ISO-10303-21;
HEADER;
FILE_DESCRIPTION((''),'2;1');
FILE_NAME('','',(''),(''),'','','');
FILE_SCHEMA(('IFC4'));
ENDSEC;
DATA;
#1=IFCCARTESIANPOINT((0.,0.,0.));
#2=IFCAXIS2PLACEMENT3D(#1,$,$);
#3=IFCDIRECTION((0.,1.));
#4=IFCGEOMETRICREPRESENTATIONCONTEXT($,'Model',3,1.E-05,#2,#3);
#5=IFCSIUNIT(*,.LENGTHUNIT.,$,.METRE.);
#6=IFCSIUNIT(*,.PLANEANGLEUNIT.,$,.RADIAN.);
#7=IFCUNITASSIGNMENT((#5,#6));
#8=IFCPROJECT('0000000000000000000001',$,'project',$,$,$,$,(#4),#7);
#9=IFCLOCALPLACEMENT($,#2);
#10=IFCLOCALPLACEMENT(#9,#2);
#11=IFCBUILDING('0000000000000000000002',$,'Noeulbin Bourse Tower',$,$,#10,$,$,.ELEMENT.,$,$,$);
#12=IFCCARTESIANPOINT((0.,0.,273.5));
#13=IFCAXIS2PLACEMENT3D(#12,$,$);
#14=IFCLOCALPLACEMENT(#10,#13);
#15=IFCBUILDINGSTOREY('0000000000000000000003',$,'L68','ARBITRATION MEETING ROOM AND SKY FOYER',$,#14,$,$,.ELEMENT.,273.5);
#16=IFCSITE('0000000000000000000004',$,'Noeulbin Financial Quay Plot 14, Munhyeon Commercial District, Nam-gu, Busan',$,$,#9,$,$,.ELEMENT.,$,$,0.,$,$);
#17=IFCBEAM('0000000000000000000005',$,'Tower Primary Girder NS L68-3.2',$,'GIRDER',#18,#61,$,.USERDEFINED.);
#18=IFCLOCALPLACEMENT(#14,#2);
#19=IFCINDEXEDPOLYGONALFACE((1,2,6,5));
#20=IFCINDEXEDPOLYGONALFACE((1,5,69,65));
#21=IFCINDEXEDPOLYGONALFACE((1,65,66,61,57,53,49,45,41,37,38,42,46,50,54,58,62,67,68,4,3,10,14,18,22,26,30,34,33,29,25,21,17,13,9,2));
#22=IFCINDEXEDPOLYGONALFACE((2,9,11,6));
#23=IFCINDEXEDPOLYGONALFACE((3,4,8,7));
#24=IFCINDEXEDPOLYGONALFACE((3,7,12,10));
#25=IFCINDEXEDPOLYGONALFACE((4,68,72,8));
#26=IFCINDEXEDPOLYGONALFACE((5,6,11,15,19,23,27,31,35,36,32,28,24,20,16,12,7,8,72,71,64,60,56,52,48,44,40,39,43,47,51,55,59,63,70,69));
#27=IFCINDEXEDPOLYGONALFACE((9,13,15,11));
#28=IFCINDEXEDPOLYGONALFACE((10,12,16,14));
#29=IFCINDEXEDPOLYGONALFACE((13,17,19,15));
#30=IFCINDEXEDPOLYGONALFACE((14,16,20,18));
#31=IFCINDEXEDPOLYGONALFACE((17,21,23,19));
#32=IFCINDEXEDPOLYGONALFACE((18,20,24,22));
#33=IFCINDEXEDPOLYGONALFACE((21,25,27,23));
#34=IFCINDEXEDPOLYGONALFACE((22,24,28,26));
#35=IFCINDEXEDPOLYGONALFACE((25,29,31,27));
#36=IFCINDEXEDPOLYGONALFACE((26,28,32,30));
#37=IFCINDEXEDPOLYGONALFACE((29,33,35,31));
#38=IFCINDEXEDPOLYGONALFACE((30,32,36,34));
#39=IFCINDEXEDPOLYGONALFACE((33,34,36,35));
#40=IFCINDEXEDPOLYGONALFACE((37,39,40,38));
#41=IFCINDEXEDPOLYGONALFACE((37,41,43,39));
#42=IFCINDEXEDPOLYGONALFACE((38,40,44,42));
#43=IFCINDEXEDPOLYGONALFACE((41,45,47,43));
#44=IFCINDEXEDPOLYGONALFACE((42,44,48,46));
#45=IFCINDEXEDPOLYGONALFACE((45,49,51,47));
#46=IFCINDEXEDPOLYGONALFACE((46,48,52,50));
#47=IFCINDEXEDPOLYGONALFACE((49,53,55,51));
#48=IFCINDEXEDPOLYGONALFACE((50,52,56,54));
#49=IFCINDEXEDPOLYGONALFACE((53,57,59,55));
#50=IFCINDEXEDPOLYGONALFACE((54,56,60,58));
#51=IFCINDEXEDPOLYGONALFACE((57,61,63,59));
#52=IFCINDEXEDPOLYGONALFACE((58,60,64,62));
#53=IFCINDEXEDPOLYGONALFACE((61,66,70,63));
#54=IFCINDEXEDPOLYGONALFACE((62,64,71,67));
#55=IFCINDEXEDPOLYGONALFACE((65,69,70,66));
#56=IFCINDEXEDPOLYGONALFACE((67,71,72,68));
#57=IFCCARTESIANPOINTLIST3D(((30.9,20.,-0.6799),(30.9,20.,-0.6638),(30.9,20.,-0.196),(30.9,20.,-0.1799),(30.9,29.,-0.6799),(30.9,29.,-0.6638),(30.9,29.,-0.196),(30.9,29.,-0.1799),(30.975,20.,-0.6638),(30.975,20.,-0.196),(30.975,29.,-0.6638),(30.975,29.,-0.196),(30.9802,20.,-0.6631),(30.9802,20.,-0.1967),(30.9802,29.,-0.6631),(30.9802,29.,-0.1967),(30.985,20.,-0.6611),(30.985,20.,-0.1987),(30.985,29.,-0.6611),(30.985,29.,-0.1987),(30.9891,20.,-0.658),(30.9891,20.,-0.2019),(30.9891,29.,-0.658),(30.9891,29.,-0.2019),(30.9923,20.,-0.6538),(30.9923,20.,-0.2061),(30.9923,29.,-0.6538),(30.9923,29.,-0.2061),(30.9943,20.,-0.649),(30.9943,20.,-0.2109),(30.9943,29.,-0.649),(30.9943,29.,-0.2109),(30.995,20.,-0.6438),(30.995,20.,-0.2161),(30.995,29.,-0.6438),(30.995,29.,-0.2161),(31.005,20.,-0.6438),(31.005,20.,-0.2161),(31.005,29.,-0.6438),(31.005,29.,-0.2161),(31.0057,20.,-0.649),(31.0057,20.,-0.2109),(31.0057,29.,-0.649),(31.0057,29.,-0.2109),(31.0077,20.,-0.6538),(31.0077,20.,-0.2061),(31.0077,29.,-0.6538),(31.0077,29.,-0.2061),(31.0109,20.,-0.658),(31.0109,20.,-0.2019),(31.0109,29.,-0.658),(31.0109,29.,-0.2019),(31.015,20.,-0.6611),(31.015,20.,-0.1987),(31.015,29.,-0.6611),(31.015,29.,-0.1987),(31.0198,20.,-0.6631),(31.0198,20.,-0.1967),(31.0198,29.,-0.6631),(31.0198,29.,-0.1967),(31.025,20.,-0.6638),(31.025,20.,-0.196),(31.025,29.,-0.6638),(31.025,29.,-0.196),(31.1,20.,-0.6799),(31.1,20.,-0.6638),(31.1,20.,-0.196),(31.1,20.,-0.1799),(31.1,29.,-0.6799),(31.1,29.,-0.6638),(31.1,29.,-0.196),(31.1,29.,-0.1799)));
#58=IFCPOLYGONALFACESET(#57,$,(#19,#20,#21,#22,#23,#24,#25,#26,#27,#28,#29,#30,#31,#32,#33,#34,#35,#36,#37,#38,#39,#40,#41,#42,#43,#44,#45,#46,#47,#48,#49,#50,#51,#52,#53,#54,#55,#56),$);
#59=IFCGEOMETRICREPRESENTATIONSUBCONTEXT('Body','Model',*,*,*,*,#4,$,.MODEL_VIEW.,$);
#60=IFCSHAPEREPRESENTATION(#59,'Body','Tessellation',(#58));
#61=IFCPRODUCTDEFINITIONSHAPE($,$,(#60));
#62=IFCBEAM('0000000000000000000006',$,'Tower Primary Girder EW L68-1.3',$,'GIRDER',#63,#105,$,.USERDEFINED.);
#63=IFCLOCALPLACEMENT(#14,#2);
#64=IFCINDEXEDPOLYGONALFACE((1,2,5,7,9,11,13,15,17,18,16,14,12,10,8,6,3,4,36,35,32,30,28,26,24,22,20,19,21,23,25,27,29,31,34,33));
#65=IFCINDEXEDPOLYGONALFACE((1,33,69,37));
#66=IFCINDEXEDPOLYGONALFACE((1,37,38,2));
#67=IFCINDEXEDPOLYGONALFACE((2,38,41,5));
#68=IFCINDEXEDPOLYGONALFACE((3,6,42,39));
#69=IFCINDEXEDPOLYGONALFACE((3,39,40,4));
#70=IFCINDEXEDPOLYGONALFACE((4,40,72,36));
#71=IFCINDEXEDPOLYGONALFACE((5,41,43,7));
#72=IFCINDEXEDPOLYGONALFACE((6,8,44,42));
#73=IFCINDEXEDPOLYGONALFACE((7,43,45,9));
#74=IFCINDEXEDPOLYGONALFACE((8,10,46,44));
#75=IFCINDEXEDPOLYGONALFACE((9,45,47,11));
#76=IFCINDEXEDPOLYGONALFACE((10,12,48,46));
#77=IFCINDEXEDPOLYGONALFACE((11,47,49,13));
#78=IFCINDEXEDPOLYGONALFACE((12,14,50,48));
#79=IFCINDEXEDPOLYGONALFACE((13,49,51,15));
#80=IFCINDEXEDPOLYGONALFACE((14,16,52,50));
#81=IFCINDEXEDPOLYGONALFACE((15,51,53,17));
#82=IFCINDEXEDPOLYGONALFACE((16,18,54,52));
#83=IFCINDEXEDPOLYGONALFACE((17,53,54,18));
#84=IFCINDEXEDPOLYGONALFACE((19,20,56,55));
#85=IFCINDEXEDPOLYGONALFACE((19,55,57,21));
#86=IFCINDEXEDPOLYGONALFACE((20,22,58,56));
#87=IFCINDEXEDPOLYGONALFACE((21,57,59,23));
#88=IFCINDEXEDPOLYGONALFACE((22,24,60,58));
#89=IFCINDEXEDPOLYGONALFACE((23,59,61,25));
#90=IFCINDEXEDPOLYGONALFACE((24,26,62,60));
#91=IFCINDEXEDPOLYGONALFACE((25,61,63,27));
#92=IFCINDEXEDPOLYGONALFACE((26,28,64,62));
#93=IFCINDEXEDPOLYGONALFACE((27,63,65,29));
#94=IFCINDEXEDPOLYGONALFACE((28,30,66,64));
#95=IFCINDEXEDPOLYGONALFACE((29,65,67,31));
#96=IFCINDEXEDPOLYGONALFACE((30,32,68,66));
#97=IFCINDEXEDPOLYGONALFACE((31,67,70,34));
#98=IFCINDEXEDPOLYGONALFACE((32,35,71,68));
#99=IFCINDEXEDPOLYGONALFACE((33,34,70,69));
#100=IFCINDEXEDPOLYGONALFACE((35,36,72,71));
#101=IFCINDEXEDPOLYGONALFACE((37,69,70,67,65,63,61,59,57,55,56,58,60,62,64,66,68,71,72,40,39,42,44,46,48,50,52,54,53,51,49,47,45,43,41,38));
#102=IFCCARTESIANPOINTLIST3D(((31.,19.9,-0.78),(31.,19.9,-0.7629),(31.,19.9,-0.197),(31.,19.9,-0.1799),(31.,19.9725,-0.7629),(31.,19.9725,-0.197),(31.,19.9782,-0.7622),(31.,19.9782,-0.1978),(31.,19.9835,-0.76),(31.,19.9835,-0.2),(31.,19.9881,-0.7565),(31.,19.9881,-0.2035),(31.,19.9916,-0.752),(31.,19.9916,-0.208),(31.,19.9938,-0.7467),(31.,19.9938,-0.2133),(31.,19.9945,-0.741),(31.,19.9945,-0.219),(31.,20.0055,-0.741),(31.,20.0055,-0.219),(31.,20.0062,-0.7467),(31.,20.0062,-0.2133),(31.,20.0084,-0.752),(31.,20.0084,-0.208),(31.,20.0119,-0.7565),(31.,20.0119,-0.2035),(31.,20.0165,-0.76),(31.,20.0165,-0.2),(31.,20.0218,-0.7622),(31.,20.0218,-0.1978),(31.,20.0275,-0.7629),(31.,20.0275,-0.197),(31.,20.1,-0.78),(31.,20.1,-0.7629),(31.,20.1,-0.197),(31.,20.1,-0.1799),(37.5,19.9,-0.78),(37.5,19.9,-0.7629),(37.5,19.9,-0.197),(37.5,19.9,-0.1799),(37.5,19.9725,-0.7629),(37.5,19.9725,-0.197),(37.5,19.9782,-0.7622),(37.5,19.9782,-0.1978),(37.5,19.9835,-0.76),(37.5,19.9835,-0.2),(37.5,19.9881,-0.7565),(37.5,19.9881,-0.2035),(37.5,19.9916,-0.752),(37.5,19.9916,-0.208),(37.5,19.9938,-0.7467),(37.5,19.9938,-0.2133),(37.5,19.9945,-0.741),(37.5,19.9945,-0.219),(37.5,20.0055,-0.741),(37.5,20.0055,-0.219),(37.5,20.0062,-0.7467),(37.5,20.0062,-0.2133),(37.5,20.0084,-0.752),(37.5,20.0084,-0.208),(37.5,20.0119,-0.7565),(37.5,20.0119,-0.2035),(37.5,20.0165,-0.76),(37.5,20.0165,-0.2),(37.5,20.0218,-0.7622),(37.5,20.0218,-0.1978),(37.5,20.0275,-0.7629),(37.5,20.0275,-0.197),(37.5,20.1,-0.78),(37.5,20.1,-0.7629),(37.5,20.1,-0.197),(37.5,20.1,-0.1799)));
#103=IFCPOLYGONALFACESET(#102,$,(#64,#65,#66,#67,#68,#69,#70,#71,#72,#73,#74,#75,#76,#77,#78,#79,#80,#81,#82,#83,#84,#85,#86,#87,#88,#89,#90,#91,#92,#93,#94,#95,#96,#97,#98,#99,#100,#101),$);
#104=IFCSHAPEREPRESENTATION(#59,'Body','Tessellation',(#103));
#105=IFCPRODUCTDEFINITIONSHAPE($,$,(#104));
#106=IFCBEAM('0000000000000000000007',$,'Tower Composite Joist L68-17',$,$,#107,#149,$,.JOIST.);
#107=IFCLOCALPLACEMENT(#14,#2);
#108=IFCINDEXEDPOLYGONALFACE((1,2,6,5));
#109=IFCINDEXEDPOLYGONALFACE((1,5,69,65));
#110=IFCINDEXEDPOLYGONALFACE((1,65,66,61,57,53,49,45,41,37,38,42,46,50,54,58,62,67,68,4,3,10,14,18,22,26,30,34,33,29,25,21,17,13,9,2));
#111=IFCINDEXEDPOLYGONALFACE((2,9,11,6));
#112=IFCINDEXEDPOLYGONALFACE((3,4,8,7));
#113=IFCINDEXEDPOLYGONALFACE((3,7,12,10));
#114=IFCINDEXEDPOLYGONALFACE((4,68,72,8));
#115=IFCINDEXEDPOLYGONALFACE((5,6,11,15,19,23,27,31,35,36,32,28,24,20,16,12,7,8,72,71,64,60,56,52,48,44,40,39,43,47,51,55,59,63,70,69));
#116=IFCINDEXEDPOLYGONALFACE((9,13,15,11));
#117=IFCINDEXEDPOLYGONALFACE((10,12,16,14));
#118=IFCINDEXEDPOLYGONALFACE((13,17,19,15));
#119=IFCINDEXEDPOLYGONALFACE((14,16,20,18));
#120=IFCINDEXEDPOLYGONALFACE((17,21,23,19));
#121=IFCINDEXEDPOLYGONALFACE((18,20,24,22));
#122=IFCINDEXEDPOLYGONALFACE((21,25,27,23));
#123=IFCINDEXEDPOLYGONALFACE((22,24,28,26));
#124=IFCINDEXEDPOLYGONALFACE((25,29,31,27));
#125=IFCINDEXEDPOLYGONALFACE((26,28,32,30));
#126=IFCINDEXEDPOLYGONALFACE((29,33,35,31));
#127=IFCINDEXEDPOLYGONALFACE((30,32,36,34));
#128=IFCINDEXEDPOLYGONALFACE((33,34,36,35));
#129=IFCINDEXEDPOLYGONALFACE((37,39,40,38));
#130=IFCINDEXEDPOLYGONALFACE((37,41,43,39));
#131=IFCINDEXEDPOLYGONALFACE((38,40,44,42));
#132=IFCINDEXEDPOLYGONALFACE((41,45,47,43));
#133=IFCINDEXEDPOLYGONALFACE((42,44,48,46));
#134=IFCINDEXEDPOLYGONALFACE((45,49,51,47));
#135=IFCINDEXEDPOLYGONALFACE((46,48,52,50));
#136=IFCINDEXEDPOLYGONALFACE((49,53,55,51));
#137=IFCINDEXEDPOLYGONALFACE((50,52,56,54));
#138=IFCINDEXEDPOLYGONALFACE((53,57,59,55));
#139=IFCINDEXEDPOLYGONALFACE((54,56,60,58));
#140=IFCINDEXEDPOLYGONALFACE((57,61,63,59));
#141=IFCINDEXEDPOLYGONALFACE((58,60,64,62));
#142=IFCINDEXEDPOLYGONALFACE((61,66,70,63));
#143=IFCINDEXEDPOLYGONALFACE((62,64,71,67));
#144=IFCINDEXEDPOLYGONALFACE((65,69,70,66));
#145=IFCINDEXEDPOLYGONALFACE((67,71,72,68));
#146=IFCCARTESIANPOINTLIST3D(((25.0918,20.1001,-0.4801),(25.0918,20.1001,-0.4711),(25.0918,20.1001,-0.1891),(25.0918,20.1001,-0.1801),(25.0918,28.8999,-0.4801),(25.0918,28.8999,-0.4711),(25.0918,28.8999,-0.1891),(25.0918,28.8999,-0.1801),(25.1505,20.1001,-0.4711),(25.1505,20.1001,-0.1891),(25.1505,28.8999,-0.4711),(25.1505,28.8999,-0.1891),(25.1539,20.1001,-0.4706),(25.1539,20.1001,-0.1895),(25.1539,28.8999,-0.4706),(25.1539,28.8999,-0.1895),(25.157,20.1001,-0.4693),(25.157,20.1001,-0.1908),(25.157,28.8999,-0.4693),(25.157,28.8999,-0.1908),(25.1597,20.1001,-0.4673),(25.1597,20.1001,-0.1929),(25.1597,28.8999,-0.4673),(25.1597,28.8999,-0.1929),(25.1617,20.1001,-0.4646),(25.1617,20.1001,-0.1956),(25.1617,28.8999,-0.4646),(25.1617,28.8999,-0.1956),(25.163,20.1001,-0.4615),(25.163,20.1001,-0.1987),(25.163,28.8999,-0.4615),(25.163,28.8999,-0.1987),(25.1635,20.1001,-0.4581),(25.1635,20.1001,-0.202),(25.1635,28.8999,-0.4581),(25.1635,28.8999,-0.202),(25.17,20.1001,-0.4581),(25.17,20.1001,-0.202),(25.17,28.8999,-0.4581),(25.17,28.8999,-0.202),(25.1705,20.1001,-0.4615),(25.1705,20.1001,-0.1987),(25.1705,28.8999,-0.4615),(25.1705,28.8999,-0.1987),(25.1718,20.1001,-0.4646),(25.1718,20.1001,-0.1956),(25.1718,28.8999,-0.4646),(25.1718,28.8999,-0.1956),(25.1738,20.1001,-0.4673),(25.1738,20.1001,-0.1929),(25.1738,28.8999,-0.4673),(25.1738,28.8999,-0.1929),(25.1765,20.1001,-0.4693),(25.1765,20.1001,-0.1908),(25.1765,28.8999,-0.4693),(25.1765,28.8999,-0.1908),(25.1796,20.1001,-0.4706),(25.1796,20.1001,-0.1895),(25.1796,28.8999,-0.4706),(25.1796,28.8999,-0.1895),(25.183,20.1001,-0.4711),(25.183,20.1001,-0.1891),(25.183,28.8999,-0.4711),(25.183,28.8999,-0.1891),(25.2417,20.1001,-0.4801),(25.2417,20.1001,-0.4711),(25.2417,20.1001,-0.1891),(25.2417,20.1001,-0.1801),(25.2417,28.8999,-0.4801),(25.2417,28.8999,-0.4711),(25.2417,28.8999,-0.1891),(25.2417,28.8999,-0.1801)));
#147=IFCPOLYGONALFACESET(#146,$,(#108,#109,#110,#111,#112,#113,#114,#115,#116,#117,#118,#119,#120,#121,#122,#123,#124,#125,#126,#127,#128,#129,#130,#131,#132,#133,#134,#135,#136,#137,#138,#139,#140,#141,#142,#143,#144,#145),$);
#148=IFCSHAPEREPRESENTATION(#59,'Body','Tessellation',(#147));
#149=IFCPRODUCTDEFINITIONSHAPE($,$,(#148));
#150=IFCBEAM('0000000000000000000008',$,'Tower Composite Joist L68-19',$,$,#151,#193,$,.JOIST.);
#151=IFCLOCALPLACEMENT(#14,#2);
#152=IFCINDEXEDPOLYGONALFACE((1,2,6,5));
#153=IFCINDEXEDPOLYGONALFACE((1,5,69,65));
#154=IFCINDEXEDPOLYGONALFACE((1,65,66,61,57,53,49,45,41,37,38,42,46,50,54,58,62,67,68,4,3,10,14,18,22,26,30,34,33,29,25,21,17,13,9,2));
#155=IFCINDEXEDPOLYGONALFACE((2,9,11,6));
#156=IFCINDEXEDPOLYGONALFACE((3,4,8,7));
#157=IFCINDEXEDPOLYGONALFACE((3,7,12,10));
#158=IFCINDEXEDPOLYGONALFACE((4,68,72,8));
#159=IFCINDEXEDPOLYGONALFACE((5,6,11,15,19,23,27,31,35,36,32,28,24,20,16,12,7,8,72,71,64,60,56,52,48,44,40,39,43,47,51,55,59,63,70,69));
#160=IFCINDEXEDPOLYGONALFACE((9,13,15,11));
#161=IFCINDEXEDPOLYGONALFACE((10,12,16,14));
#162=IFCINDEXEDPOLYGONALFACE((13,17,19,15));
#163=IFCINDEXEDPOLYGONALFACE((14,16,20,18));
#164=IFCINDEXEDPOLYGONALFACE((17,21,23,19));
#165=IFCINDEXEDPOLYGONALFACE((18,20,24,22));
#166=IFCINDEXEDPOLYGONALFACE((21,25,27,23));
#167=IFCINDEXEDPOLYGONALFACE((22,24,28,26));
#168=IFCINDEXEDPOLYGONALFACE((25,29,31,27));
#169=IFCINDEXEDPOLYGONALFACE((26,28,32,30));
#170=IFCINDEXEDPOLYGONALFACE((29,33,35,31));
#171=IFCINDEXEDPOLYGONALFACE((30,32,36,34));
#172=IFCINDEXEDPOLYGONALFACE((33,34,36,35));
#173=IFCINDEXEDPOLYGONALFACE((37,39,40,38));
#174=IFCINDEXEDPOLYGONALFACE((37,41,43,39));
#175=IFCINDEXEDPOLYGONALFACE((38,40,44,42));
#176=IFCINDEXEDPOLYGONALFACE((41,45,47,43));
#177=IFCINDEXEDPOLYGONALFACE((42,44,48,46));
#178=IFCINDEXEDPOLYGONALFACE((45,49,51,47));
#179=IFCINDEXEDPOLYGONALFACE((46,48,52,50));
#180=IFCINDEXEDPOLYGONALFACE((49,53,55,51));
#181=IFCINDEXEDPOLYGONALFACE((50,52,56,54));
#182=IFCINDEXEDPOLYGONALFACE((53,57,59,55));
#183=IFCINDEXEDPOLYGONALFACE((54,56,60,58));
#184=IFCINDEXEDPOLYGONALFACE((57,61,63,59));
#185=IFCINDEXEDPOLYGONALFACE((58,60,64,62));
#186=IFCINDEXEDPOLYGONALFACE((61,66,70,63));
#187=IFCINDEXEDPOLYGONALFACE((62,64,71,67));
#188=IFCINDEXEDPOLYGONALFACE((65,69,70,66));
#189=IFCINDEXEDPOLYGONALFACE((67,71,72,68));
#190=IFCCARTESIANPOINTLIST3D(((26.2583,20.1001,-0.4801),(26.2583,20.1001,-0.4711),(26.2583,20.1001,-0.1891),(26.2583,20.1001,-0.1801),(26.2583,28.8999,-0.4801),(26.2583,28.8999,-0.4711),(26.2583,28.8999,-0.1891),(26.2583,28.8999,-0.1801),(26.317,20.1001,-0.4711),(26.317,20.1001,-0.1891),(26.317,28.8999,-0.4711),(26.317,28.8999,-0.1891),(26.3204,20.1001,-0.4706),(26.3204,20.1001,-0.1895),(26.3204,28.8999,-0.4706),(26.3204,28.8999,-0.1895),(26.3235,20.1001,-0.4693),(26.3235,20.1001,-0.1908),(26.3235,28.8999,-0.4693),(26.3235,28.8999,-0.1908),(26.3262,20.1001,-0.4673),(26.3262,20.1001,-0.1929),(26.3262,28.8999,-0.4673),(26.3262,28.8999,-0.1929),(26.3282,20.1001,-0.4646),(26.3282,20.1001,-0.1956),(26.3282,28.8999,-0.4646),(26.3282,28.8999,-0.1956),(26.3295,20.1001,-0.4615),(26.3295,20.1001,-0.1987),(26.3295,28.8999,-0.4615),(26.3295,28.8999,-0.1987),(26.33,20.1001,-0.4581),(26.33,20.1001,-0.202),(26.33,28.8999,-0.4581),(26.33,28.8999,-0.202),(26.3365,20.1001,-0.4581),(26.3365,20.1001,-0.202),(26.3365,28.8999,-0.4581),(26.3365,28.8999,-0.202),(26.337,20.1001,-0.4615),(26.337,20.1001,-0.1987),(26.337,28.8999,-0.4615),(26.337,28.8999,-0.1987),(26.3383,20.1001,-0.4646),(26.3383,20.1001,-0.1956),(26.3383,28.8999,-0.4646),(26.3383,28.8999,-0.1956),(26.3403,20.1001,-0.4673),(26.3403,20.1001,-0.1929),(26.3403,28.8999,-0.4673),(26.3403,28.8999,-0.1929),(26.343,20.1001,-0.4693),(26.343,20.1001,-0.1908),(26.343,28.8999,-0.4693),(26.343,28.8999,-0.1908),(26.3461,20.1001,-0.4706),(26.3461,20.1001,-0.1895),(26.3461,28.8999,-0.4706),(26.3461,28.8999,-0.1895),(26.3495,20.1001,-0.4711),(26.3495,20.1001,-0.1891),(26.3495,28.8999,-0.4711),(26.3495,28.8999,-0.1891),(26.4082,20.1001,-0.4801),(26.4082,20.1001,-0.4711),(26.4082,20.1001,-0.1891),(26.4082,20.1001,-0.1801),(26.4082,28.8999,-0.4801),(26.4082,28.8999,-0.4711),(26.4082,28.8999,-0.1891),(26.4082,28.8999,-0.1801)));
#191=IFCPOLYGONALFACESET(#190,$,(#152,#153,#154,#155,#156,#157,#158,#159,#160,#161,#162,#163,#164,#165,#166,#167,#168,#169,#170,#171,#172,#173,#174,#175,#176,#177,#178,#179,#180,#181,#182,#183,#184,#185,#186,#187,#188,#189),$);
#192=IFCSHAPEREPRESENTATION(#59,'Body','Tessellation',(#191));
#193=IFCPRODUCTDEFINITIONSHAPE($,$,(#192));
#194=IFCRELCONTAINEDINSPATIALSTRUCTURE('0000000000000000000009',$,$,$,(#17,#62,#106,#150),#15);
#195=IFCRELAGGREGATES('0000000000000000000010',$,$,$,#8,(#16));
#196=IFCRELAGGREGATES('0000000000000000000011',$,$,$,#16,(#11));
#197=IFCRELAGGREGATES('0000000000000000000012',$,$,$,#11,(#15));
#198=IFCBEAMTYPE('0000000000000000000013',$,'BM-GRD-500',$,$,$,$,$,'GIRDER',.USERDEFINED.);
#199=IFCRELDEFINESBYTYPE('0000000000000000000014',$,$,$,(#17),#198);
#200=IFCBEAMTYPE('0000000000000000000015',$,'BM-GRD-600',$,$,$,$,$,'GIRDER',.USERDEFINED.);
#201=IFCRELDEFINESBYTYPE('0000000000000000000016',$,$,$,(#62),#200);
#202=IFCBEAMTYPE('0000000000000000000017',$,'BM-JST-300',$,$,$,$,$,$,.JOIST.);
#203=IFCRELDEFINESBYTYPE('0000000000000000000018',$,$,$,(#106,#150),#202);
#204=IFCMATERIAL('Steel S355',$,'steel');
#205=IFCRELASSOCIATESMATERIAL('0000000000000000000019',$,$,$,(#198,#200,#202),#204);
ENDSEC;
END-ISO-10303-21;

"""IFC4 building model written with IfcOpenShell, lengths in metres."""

from ifc_helpers import new_model, si_unit, direction, frame, origin, origin_2d, place, context, subcontext, project, spatial, i_section, extrude, material, material_profile, profile_set, type_object, element, save


model = new_model("IFC4")

# Units and contexts
model_context = context("Model", 3, precision=1e-05, world=origin(), true_north=direction((0.0, 1.0)))
body_context = subcontext(model_context, "Body", "Model", "MODEL_VIEW")
ifc_project = project(units=[si_unit("LENGTHUNIT", "METRE"), si_unit("PLANEANGLEUNIT", "RADIAN")], contexts=[model_context])

# Site, building, storey
site_placement = place(None, origin())
site = spatial("IfcSite", under=ifc_project, at=site_placement, Name="Noeulbin Financial Quay Plot 14, Munhyeon Commercial District, Nam-gu, Busan", CompositionType="ELEMENT", RefElevation=0.0)
building_placement = place(site_placement, origin())
building = spatial("IfcBuilding", under=site, at=building_placement, Name="Noeulbin Bourse Tower", CompositionType="ELEMENT")
storey_placement = place(building_placement, frame((0.0, 0.0, 273.5)))
storey = spatial("IfcBuildingStorey", under=building, at=storey_placement, Name="L68", Description="ARBITRATION MEETING ROOM AND SKY FOYER", CompositionType="ELEMENT", Elevation=273.5)

# Shared definitions
ifc_material_1 = material(Name="Steel S355", Category="steel")

# Beams
ifc_material_profile_1 = material_profile(ifc_material_1, i_section(OverallWidth=0.2, OverallDepth=0.5, WebThickness=0.01, FlangeThickness=0.0161, FilletRadius=0.02, at=origin_2d()), Name="H-500x200x10x16", Category="LoadBearing")
ifc_profile_set_1 = profile_set([ifc_material_profile_1], Name="Steel S355")
beam_type_1 = type_object("IfcBeamType", Name="BM-GRD-500", ElementType="GIRDER", PredefinedType="USERDEFINED", material=ifc_profile_set_1)
beam_1_placement = place(storey_placement, frame((31.0, 20.0, -0.4299), z_axis=(0.0, 1.0, 0.0), x_axis=(-1.0, 0.0, 0.0)))
element("IfcBeam", 1, at=beam_1_placement, inside=storey, type_object=beam_type_1, Name="Tower Primary Girder NS L68-3.2", ObjectType="GIRDER", PredefinedType="USERDEFINED", context=body_context, shape_type="SweptSolid", body=[
    extrude(i_section(OverallWidth=0.2, OverallDepth=0.5, WebThickness=0.01, FlangeThickness=0.0161, FilletRadius=0.02, at=origin_2d()), origin(), (0.0, 0.0, 1.0), 9.0),
])
ifc_material_profile_2 = material_profile(ifc_material_1, i_section(OverallWidth=0.2, OverallDepth=0.6001, WebThickness=0.011, FlangeThickness=0.0171, FilletRadius=0.022, at=origin_2d()), Name="H-600x200x11x17", Category="LoadBearing")
ifc_profile_set_2 = profile_set([ifc_material_profile_2], Name="Steel S355")
beam_type_2 = type_object("IfcBeamType", Name="BM-GRD-600", ElementType="GIRDER", PredefinedType="USERDEFINED", material=ifc_profile_set_2)
beam_2_placement = place(storey_placement, frame((31.0, 20.0, -0.48), z_axis=(1.0, 0.0, 0.0), x_axis=(0.0, 1.0, 0.0)))
element("IfcBeam", 2, at=beam_2_placement, inside=storey, type_object=beam_type_2, Name="Tower Primary Girder EW L68-1.3", ObjectType="GIRDER", PredefinedType="USERDEFINED", context=body_context, shape_type="SweptSolid", body=[
    extrude(i_section(OverallWidth=0.2, OverallDepth=0.6001, WebThickness=0.011, FlangeThickness=0.0171, FilletRadius=0.022, at=origin_2d()), origin(), (0.0, 0.0, 1.0), 6.5),
])
ifc_material_profile_3 = material_profile(ifc_material_1, i_section(OverallWidth=0.1499, OverallDepth=0.3, WebThickness=0.0066, FlangeThickness=0.009, FilletRadius=0.0129, at=origin_2d()), Name="H-300x150x6.5x9", Category="LoadBearing")
ifc_profile_set_3 = profile_set([ifc_material_profile_3], Name="Steel S355")
beam_type_3 = type_object("IfcBeamType", Name="BM-JST-300", PredefinedType="JOIST", material=ifc_profile_set_3)
for number, where, z_axis, x_axis, name in (
    (3, (25.1667, 20.1001, -0.3301), (0.0, 1.0, 0.0), (-1.0, 0.0, 0.0), "Tower Composite Joist L68-17"),
    (4, (26.3333, 20.1001, -0.3301), (0.0, 1.0, 0.0), (-1.0, 0.0, 0.0), "Tower Composite Joist L68-19"),
):
    element("IfcBeam", number, at=place(storey_placement, frame(where, z_axis=z_axis, x_axis=x_axis)), inside=storey, type_object=beam_type_3, Name=name, PredefinedType="JOIST", context=body_context, shape_type="SweptSolid", body=[
        extrude(i_section(OverallWidth=0.1499, OverallDepth=0.3, WebThickness=0.0066, FlangeThickness=0.009, FilletRadius=0.0129, at=origin_2d()), origin(), (0.0, 0.0, 1.0), 8.7998),
    ])

save(model, "model.ifc")
